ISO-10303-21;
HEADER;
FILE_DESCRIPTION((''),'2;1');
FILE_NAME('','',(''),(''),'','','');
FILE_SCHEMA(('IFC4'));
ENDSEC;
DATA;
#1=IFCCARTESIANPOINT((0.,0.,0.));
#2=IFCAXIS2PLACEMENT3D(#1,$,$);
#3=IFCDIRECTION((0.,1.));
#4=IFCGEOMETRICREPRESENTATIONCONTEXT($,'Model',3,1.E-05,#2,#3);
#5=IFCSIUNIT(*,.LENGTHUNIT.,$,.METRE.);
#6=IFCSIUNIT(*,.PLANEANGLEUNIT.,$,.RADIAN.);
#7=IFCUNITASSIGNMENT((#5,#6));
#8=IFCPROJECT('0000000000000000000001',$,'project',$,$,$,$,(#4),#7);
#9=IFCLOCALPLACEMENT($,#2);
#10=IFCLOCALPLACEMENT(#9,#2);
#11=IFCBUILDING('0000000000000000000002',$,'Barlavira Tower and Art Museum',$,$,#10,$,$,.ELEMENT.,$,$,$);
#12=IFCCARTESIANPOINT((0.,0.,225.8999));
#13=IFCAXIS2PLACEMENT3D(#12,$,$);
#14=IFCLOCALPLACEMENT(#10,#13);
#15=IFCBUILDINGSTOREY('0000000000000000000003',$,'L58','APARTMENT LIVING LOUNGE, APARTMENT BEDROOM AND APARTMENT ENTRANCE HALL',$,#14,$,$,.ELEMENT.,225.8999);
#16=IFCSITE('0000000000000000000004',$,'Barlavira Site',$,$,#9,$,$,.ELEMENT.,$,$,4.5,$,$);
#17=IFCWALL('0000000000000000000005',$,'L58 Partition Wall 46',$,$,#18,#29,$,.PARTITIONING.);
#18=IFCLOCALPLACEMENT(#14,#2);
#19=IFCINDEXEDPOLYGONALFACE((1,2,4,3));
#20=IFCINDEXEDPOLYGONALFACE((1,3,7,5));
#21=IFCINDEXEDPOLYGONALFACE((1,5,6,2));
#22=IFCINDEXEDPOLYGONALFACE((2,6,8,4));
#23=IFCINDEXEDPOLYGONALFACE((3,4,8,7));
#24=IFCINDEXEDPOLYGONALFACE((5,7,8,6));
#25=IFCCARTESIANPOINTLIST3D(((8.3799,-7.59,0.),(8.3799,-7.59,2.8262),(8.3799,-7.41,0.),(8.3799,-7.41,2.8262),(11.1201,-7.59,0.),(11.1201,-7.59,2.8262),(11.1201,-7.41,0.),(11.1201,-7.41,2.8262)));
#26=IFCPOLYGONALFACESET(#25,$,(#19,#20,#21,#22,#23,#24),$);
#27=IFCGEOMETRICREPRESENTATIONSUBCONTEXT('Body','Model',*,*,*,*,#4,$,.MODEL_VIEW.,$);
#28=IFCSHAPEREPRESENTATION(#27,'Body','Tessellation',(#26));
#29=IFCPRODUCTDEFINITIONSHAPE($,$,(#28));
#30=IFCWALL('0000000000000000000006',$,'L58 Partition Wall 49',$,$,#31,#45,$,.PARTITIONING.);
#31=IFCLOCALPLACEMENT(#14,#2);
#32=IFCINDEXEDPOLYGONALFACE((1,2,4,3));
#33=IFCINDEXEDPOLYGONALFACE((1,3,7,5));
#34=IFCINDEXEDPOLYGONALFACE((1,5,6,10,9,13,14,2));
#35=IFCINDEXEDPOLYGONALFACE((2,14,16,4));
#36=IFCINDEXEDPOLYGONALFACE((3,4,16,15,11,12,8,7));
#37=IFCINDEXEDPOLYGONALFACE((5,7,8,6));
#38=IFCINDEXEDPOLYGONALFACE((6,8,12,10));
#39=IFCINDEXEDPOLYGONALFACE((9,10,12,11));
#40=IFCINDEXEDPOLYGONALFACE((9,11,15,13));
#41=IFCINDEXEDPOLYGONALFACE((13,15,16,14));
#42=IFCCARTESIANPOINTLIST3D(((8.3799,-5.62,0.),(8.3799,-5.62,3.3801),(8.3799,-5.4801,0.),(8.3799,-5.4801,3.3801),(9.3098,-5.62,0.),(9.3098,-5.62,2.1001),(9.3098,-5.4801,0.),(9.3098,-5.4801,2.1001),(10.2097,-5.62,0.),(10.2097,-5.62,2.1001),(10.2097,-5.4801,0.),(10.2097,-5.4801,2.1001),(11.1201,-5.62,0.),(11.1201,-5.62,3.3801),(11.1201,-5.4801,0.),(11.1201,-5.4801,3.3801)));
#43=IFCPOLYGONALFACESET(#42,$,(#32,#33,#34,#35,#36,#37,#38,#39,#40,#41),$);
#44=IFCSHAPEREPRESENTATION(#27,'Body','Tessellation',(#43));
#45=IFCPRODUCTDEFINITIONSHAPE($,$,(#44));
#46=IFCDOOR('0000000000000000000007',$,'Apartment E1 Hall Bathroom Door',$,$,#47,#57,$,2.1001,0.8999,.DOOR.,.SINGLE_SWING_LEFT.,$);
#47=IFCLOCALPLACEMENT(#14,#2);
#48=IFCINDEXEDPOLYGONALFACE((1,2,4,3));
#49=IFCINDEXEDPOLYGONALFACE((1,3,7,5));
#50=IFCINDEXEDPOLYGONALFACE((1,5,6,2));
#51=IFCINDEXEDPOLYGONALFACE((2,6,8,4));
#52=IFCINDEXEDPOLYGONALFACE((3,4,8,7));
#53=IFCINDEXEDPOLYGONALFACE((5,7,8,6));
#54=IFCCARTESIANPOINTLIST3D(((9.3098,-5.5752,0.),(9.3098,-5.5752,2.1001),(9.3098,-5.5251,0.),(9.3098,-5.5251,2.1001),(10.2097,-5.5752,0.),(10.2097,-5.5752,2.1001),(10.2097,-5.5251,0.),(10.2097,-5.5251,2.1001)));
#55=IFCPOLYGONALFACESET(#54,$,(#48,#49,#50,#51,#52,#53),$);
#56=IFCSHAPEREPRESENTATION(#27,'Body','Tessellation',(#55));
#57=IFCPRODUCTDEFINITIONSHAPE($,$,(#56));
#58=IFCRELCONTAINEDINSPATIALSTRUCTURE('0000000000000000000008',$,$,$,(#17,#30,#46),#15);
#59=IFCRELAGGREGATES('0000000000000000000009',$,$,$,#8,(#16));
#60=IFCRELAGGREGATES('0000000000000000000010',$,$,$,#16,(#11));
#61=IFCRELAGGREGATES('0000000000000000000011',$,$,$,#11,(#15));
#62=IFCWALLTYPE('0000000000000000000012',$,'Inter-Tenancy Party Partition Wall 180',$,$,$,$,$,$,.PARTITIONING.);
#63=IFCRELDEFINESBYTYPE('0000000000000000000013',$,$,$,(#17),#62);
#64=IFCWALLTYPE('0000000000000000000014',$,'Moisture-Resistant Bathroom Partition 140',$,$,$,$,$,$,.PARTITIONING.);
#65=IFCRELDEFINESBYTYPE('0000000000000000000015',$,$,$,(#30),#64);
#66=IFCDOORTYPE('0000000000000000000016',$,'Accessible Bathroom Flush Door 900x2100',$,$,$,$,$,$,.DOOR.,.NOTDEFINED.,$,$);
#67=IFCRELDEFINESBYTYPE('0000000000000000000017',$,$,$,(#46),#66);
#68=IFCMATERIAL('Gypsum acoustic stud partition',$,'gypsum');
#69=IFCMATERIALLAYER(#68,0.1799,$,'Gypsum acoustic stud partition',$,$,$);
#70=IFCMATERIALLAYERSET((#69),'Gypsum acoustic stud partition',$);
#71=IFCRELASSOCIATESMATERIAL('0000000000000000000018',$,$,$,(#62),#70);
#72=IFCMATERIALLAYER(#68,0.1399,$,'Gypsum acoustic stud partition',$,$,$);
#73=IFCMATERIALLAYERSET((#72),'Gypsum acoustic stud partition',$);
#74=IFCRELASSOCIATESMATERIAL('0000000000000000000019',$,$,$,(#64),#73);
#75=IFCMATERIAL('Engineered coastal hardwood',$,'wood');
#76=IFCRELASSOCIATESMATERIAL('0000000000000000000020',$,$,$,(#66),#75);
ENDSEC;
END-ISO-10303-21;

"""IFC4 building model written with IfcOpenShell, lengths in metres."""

from ifc_helpers import new_model, si_unit, direction, frame, frame_2d, origin, place, context, subcontext, project, spatial, rectangle, extrude, material, layer, layer_set, type_object, element, fill, save


model = new_model("IFC4")

# Units and contexts
model_context = context("Model", 3, precision=1e-05, world=origin(), true_north=direction((0.0, 1.0)))
body_context = subcontext(model_context, "Body", "Model", "MODEL_VIEW")
ifc_project = project(units=[si_unit("LENGTHUNIT", "METRE"), si_unit("PLANEANGLEUNIT", "RADIAN")], contexts=[model_context])

# Site, building, storey
site_placement = place(None, origin())
site = spatial("IfcSite", under=ifc_project, at=site_placement, Name="Barlavira Site", CompositionType="ELEMENT", RefElevation=4.5)
building_placement = place(site_placement, origin())
building = spatial("IfcBuilding", under=site, at=building_placement, Name="Barlavira Tower and Art Museum", CompositionType="ELEMENT")
storey_placement = place(building_placement, frame((0.0, 0.0, 225.8999)))
storey = spatial("IfcBuildingStorey", under=building, at=storey_placement, Name="L58", Description="APARTMENT LIVING LOUNGE, APARTMENT BEDROOM AND APARTMENT ENTRANCE HALL", CompositionType="ELEMENT", Elevation=225.8999)

# Shared definitions
ifc_material_1 = material(Name="Gypsum acoustic stud partition", Category="gypsum")
ifc_material_2 = material(Name="Engineered coastal hardwood", Category="wood")

# Shared definitions
ifc_layer_1 = layer(ifc_material_1, 0.1799, Name="Gypsum acoustic stud partition")
ifc_layer_set_1 = layer_set([ifc_layer_1], Name="Gypsum acoustic stud partition")
wall_type_1 = type_object("IfcWallType", Name="Inter-Tenancy Party Partition Wall 180", PredefinedType="PARTITIONING", material=ifc_layer_set_1)

# Wall
wall_1_placement = place(storey_placement, frame((8.3799, -7.5, 0.0), z_axis=(0.0, 0.0, 1.0), x_axis=(1.0, 0.0, 0.0)))
element("IfcWall", 1, at=wall_1_placement, inside=storey, type_object=wall_type_1, Name="L58 Partition Wall 46", PredefinedType="PARTITIONING", context=body_context, shape_type="SweptSolid", body=[
    extrude(rectangle(XDim=2.7402, YDim=0.1799, at=frame_2d((1.3701, 0.0))), origin(), (0.0, 0.0, 1.0), 2.8262),
])

# Wall, opening, door
ifc_layer_2 = layer(ifc_material_1, 0.1399, Name="Gypsum acoustic stud partition")
ifc_layer_set_2 = layer_set([ifc_layer_2], Name="Gypsum acoustic stud partition")
wall_type_2 = type_object("IfcWallType", Name="Moisture-Resistant Bathroom Partition 140", PredefinedType="PARTITIONING", material=ifc_layer_set_2)
wall_2_placement = place(storey_placement, frame((8.3799, -5.55, 0.0), z_axis=(0.0, 0.0, 1.0), x_axis=(1.0, 0.0, 0.0)))
wall_2 = element("IfcWall", 2, at=wall_2_placement, inside=storey, type_object=wall_type_2, Name="L58 Partition Wall 49", PredefinedType="PARTITIONING", context=body_context, shape_type="SweptSolid", body=[
    extrude(rectangle(XDim=2.7402, YDim=0.1399, at=frame_2d((1.3701, 0.0))), origin(), (0.0, 0.0, 1.0), 3.3801),
])
opening_1_placement = place(wall_2_placement, frame((0.9299, 0.0, 0.0)))
opening_1 = element("IfcOpeningElement", 3, at=opening_1_placement, cuts=wall_2, PredefinedType="OPENING", context=body_context, shape_type="SweptSolid", body=[
    extrude(rectangle(XDim=0.8999, YDim=2.1001, at=frame_2d((0.45, 1.05))), frame((0.0, 0.0801, 0.0), z_axis=(0.0, -1.0, 0.0), x_axis=(1.0, 0.0, 0.0)), (0.0, 0.0, 1.0), 0.1599),
])
door_type_1 = type_object("IfcDoorType", Name="Accessible Bathroom Flush Door 900x2100", OperationType="NOTDEFINED", PredefinedType="DOOR", material=ifc_material_2)
door_1_placement = place(opening_1_placement, origin())
door_1 = element("IfcDoor", 4, at=door_1_placement, inside=storey, type_object=door_type_1, Name="Apartment E1 Hall Bathroom Door", OperationType="SINGLE_SWING_LEFT", OverallHeight=2.1001, OverallWidth=0.8999, PredefinedType="DOOR", context=body_context, shape_type="SweptSolid", body=[
    extrude(rectangle(XDim=0.8999, YDim=2.1001, at=frame_2d((0.45, 1.05))), frame((0.0, 0.0249, 0.0), z_axis=(0.0, -1.0, 0.0), x_axis=(1.0, 0.0, 0.0)), (0.0, 0.0, 1.0), 0.05),
])
fill(opening_1, door_1)

save(model, "model.ifc")
